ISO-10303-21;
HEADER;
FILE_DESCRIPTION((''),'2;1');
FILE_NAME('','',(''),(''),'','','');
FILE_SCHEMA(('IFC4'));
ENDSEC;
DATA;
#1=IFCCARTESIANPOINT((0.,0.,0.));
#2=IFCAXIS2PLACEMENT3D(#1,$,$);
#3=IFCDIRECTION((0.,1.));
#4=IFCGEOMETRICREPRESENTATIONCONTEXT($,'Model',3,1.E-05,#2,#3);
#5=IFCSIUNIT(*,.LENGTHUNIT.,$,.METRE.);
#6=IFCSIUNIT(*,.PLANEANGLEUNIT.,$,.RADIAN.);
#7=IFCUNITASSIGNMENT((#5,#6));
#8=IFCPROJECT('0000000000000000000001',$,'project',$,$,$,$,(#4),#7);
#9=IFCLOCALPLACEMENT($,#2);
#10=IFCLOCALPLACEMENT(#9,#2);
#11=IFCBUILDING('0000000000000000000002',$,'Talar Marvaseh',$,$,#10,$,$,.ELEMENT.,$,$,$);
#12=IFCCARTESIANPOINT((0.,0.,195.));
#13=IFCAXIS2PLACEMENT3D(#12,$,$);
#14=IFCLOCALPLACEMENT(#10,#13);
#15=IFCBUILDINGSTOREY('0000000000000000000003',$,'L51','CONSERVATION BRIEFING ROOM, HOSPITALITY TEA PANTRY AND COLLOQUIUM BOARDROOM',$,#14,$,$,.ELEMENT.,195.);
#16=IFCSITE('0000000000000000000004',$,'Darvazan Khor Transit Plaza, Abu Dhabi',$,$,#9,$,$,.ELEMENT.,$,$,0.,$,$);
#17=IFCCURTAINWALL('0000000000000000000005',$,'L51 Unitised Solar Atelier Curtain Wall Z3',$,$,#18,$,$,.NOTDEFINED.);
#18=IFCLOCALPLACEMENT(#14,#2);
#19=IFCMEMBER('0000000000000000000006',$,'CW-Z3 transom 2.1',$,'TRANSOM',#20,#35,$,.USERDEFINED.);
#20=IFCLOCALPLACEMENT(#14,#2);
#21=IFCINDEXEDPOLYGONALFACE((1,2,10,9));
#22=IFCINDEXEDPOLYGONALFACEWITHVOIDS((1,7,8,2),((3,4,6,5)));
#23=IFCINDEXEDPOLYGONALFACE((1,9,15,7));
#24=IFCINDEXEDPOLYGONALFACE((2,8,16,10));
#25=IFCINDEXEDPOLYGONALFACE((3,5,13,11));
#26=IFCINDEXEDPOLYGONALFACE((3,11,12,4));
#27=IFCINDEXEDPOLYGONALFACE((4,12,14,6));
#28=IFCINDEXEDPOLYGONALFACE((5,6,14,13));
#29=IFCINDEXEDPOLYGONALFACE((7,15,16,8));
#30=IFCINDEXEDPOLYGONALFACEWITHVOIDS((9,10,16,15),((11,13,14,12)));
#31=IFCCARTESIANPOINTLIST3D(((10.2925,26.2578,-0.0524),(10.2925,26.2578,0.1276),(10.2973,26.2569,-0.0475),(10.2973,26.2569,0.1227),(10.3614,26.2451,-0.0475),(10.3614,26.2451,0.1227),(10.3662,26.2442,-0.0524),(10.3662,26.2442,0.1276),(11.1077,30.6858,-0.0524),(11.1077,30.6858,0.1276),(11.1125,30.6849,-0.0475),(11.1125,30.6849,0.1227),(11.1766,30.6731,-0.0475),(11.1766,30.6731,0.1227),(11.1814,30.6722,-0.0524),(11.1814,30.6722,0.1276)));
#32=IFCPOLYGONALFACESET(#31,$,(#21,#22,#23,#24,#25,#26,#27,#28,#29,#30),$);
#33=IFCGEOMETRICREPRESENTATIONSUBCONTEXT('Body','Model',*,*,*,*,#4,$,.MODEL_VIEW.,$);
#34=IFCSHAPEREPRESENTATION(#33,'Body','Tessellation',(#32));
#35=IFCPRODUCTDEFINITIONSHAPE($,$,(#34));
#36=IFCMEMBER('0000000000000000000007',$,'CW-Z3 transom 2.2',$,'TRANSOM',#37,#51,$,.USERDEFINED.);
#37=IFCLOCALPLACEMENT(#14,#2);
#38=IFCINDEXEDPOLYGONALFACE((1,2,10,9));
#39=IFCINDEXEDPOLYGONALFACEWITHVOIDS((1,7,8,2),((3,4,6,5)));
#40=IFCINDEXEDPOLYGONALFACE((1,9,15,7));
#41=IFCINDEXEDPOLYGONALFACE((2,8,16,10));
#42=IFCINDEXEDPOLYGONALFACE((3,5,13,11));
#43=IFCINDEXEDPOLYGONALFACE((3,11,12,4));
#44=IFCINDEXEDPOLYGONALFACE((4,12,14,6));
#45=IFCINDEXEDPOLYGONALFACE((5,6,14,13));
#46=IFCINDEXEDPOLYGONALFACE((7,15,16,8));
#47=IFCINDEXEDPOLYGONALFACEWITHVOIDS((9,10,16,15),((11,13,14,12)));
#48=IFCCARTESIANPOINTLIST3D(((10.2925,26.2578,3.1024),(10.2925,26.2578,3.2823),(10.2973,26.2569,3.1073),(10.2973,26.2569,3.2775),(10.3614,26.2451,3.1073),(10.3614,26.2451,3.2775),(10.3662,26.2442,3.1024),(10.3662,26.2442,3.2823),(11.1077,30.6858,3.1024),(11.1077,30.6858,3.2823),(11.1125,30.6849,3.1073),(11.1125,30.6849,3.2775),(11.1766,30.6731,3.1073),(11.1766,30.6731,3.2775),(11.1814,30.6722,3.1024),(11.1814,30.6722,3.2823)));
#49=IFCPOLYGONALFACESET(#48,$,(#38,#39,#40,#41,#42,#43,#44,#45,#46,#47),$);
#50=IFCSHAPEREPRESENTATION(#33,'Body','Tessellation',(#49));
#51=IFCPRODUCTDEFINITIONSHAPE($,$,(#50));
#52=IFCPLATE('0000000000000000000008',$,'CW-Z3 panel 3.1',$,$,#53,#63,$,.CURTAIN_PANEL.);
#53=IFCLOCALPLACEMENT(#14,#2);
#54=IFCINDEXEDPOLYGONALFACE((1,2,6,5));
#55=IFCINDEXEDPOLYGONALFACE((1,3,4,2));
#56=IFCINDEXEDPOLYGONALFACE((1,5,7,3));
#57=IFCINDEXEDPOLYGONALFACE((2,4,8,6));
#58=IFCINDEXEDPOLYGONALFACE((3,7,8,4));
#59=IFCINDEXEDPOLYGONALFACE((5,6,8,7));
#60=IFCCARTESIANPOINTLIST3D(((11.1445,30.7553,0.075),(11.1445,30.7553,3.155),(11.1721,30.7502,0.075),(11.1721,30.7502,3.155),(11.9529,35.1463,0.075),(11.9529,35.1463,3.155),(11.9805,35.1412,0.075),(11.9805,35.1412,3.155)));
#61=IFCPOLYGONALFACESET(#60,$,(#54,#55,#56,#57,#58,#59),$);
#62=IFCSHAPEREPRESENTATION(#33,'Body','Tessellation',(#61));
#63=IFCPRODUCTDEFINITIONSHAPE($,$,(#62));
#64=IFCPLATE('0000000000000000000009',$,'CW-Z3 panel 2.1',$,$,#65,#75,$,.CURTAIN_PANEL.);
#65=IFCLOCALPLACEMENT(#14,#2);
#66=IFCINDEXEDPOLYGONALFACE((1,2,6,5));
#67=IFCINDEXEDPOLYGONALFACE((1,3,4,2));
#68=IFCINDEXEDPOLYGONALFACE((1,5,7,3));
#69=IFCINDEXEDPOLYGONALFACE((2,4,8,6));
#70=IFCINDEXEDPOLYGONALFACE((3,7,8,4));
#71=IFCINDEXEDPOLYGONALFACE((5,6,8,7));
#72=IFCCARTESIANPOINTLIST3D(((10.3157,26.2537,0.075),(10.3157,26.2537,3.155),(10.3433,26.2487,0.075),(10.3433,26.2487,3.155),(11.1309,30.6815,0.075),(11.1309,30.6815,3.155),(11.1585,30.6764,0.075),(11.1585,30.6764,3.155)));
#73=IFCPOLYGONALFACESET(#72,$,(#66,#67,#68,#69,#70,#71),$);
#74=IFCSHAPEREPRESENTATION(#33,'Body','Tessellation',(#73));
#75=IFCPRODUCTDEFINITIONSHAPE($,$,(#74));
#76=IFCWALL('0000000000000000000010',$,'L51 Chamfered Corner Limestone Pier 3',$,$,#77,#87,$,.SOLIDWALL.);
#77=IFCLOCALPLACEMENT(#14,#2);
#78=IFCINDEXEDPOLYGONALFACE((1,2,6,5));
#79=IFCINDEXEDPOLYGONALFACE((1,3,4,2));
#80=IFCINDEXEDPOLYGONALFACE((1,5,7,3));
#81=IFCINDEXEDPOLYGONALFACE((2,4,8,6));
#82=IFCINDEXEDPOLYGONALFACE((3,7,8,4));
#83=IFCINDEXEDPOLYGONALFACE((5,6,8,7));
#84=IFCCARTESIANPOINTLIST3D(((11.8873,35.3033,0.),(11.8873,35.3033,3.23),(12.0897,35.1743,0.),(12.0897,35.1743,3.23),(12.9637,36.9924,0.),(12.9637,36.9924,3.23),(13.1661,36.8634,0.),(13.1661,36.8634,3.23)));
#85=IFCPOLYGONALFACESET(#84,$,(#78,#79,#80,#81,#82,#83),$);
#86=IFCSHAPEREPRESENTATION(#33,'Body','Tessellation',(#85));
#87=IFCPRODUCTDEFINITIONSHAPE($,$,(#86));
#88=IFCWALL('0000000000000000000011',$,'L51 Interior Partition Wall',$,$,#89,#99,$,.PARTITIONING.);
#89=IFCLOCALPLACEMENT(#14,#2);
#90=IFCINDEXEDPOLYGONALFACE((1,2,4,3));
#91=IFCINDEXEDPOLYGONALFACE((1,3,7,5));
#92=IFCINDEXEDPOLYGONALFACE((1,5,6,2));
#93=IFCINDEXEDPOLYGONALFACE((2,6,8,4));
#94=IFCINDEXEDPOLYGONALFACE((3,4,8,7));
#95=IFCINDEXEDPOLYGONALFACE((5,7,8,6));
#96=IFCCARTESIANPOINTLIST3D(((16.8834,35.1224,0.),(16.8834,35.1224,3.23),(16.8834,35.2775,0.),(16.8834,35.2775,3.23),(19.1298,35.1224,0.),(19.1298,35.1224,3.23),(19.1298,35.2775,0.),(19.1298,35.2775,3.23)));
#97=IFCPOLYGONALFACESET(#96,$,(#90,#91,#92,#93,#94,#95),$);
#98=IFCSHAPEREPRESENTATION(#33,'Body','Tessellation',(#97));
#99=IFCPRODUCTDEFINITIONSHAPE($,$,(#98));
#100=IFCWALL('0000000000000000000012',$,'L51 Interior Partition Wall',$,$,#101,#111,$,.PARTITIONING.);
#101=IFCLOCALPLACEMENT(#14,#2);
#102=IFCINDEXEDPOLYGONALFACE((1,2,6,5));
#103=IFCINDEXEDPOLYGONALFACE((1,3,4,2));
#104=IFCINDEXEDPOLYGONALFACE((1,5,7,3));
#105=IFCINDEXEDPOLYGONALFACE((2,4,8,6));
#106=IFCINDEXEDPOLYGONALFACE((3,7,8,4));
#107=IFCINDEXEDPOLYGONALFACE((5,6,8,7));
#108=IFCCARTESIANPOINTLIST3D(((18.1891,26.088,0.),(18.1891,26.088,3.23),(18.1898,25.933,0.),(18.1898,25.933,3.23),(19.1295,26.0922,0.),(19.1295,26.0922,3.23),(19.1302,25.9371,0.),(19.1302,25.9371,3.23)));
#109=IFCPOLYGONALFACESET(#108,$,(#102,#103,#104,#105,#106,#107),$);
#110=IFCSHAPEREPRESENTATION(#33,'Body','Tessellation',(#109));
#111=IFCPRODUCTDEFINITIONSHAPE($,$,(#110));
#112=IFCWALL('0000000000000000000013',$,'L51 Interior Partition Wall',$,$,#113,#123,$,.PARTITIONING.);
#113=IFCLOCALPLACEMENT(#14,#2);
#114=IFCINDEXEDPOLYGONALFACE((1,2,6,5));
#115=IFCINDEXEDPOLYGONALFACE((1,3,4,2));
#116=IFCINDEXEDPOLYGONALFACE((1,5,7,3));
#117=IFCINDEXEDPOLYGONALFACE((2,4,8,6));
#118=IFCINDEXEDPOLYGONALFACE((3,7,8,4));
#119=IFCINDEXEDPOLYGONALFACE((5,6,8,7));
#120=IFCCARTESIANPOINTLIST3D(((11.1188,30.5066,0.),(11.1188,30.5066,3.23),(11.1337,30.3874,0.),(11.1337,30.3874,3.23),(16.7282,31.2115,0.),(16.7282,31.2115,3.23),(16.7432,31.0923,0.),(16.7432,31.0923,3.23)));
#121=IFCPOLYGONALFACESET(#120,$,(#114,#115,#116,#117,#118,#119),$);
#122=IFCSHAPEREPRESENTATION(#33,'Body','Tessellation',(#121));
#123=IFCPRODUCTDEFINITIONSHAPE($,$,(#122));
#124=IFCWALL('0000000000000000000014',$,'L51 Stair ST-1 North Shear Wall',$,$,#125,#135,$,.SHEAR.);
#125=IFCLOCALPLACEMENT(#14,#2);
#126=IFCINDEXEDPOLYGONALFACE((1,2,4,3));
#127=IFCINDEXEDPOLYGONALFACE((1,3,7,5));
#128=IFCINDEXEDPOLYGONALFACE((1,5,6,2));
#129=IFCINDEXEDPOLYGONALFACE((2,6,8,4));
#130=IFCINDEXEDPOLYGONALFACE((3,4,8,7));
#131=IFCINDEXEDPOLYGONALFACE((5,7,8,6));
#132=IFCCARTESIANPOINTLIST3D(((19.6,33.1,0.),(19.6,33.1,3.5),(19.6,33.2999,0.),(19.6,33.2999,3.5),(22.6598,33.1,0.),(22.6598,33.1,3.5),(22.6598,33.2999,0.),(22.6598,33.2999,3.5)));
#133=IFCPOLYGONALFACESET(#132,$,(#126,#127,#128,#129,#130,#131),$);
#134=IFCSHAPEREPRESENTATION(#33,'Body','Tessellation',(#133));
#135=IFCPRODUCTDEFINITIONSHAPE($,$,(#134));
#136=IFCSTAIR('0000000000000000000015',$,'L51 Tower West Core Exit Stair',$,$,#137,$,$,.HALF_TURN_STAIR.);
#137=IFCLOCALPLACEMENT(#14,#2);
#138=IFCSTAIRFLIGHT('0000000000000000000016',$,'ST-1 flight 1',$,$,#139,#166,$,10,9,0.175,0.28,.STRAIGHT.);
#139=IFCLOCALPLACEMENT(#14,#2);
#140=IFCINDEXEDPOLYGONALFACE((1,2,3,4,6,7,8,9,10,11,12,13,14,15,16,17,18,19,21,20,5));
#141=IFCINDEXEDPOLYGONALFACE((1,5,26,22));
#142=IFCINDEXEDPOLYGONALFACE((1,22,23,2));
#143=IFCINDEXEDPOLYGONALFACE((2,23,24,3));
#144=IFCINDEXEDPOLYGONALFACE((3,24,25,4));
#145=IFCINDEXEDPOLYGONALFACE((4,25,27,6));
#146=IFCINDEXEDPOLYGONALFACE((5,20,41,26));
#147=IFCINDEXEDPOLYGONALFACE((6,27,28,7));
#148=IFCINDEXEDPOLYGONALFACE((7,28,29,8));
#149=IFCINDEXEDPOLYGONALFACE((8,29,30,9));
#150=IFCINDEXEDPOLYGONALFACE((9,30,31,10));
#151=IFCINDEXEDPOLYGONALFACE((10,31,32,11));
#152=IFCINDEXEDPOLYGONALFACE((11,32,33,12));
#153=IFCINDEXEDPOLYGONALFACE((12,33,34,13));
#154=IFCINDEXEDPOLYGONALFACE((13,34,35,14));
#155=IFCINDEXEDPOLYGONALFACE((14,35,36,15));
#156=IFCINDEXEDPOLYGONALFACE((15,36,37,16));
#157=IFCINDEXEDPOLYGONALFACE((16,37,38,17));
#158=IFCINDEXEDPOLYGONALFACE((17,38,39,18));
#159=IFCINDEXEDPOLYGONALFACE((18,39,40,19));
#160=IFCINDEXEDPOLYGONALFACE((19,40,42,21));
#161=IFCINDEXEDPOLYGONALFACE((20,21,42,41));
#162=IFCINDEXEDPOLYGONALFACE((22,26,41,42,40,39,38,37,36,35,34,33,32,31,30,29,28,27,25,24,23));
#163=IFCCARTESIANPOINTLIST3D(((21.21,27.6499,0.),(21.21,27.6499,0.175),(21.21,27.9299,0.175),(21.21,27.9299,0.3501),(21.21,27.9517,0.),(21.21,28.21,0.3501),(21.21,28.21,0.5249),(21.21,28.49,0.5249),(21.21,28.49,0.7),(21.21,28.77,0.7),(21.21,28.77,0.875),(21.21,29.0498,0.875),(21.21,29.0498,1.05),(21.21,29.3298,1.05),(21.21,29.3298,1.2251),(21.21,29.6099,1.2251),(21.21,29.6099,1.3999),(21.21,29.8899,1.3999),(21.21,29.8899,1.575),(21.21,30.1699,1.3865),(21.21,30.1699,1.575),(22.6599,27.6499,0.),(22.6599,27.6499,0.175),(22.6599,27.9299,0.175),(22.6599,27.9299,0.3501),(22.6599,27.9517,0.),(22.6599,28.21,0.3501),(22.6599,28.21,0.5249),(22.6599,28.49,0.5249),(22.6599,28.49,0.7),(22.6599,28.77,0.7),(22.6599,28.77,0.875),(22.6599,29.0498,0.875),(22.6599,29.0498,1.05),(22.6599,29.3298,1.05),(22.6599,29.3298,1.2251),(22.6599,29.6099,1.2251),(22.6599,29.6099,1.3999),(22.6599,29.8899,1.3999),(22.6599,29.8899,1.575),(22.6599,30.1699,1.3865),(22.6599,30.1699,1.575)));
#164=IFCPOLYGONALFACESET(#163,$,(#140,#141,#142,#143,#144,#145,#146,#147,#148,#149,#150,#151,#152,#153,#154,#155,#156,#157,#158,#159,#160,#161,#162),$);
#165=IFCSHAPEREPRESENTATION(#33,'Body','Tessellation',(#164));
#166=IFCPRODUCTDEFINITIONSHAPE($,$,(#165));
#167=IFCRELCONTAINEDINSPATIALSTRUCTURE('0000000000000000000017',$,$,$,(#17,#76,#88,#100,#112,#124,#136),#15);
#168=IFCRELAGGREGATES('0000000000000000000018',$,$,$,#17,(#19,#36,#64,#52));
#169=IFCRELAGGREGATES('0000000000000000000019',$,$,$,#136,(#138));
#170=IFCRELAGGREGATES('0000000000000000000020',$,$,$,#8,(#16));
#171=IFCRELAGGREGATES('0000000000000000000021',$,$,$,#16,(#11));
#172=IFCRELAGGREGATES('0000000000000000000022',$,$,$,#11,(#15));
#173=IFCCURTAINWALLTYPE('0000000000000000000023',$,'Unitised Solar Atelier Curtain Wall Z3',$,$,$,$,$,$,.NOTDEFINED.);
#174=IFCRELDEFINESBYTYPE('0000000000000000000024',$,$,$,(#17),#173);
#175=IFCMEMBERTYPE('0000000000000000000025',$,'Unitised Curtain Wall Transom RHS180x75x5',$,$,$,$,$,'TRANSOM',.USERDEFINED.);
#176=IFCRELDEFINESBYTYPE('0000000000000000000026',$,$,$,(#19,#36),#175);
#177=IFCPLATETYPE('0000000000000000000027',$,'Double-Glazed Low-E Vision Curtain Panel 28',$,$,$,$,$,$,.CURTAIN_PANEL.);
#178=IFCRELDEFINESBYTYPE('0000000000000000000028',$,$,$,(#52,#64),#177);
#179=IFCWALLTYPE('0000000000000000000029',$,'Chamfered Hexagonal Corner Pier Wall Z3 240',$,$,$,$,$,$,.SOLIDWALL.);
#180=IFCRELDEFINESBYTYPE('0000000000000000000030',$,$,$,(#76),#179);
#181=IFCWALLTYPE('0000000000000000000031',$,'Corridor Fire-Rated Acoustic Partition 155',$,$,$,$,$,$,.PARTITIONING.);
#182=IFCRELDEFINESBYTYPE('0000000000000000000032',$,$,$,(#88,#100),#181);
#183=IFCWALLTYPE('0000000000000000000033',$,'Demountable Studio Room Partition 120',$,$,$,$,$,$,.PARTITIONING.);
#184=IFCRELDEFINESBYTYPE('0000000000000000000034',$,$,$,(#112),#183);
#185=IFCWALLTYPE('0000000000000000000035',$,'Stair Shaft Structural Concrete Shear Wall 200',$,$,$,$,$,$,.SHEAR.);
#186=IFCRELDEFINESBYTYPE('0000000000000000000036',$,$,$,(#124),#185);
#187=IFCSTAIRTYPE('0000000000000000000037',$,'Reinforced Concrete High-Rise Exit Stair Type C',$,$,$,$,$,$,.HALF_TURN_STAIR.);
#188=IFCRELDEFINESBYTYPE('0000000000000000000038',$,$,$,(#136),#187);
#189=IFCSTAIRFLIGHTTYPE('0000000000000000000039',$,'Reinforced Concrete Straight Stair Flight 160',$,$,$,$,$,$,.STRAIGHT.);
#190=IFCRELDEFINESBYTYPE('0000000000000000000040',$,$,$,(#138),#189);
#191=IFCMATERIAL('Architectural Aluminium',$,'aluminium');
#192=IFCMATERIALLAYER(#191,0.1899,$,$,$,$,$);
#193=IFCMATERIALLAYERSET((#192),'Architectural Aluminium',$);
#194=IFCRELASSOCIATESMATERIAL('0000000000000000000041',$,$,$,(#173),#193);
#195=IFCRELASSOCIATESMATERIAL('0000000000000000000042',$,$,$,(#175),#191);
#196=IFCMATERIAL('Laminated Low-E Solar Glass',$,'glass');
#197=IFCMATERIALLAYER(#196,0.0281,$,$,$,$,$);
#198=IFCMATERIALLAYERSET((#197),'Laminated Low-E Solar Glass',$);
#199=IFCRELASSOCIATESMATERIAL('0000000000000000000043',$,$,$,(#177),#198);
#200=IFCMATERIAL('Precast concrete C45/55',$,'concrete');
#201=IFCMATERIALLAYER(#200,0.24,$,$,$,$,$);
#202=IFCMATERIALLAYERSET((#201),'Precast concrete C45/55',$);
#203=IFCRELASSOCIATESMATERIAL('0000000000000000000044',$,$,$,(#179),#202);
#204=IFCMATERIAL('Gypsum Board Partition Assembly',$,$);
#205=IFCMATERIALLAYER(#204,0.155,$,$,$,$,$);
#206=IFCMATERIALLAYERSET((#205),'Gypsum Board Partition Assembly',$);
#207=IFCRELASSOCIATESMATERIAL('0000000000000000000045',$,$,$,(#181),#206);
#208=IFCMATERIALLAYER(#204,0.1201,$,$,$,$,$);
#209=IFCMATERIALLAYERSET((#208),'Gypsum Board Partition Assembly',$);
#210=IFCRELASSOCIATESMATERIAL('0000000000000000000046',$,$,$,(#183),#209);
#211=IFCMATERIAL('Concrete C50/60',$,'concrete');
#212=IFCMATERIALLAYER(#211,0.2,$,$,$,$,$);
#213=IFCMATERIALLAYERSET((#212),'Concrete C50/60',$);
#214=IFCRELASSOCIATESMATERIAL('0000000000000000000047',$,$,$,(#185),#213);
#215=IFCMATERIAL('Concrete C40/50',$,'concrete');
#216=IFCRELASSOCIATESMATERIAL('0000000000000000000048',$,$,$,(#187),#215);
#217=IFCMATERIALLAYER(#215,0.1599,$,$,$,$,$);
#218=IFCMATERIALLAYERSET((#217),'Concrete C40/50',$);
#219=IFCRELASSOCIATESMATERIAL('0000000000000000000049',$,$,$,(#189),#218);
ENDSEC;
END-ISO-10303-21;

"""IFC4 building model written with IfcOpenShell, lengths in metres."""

from ifc_helpers import new_model, si_unit, direction, frame, frame_2d, origin, origin_2d, place, context, subcontext, project, spatial, polyline, rectangle, hollow_rectangle, outline, extrude, source, transform, mapped, material, layer, layer_set, material_profile, profile_set, type_object, type_shapes, element, aggregate, save


model = new_model("IFC4")

# Units and contexts
model_context = context("Model", 3, precision=1e-05, world=origin(), true_north=direction((0.0, 1.0)))
body_context = subcontext(model_context, "Body", "Model", "MODEL_VIEW")
ifc_project = project(units=[si_unit("LENGTHUNIT", "METRE"), si_unit("PLANEANGLEUNIT", "RADIAN")], contexts=[model_context])

# Site, building, storey
site_placement = place(None, origin())
site = spatial("IfcSite", under=ifc_project, at=site_placement, Name="Darvazan Khor Transit Plaza, Abu Dhabi", CompositionType="ELEMENT", RefElevation=0.0)
building_placement = place(site_placement, origin())
building = spatial("IfcBuilding", under=site, at=building_placement, Name="Talar Marvaseh", CompositionType="ELEMENT")
storey_placement = place(building_placement, frame((0.0, 0.0, 195.0)))
storey = spatial("IfcBuildingStorey", under=building, at=storey_placement, Name="L51", Description="CONSERVATION BRIEFING ROOM, HOSPITALITY TEA PANTRY AND COLLOQUIUM BOARDROOM", CompositionType="ELEMENT", Elevation=195.0)

# Curtain wall, members, plates
ifc_material_1 = material(Name="Architectural Aluminium", Category="aluminium")
ifc_layer_1 = layer(ifc_material_1, 0.1899)
ifc_layer_set_1 = layer_set([ifc_layer_1], Name="Architectural Aluminium")
curtain_wall_type = type_object("IfcCurtainWallType", Name="Unitised Solar Atelier Curtain Wall Z3", PredefinedType="NOTDEFINED", material=ifc_layer_set_1)
curtain_wall_placement = place(storey_placement, origin())
curtain_wall = element("IfcCurtainWall", 1, at=curtain_wall_placement, inside=storey, type_object=curtain_wall_type, Name="L51 Unitised Solar Atelier Curtain Wall Z3", PredefinedType="NOTDEFINED")
ifc_material_profile_1 = material_profile(ifc_material_1, hollow_rectangle(XDim=0.075, YDim=0.1799, WallThickness=0.0049, at=origin_2d()), Name="RHS180x75x5")
ifc_profile_set_1 = profile_set([ifc_material_profile_1], Name="Architectural Aluminium")
member_type_1 = type_object("IfcMemberType", Name="Unitised Curtain Wall Transom RHS180x75x5", ElementType="TRANSOM", PredefinedType="USERDEFINED", material=ifc_profile_set_1)
shared_shape_1 = source(origin(), body_context, "Body", "SweptSolid", [
    extrude(hollow_rectangle(XDim=0.075, YDim=0.1799, WallThickness=0.0049, at=origin_2d()), origin(), (0.0, 0.0, 1.0), 4.5024),
])
member_1_placement = place(storey_placement, frame((10.3293, 26.251, 0.0376), z_axis=(0.181056, 0.983473, 0.0), x_axis=(-0.983473, 0.181056, 0.0)))
member_1 = element("IfcMember", 2, at=member_1_placement, type_object=member_type_1, Name="CW-Z3 transom 2.1", ObjectType="TRANSOM", PredefinedType="USERDEFINED", context=body_context, shape_type="MappedRepresentation", body=[
    mapped(shared_shape_1, transform((0.0, 0.0, 0.0), x_axis=(1.0, 0.0, 0.0), y_axis=(0.0, 1.0, 0.0), z_axis=(0.0, 0.0, 1.0), scale=1.0)),
])
member_2_placement = place(storey_placement, frame((10.3293, 26.251, 3.1924), z_axis=(0.181056, 0.983473, 0.0), x_axis=(-0.983473, 0.181056, 0.0)))
member_2 = element("IfcMember", 3, at=member_2_placement, type_object=member_type_1, Name="CW-Z3 transom 2.2", ObjectType="TRANSOM", PredefinedType="USERDEFINED", context=body_context, shape_type="MappedRepresentation", body=[
    mapped(shared_shape_1, transform((0.0, 0.0, 0.0), x_axis=(1.0, 0.0, 0.0), y_axis=(0.0, 1.0, 0.0), z_axis=(0.0, 0.0, 1.0), scale=1.0)),
])
ifc_material_2 = material(Name="Laminated Low-E Solar Glass", Category="glass")
ifc_layer_2 = layer(ifc_material_2, 0.0281)
ifc_layer_set_2 = layer_set([ifc_layer_2], Name="Laminated Low-E Solar Glass")
plate_type = type_object("IfcPlateType", Name="Double-Glazed Low-E Vision Curtain Panel 28", PredefinedType="CURTAIN_PANEL", material=ifc_layer_set_2)
shared_shape_2 = source(origin(), body_context, "Body", "SweptSolid", [
    extrude(rectangle(XDim=4.4648, YDim=0.0281, at=origin_2d()), origin(), (0.0, 0.0, 1.0), 3.0801),
])
plate_1_placement = place(storey_placement, frame((11.5625, 32.9482, 0.075), z_axis=(0.0, 0.0, 1.0), x_axis=(0.181069, 0.98347, 0.0)))
plate_1 = element("IfcPlate", 4, at=plate_1_placement, type_object=plate_type, Name="CW-Z3 panel 3.1", PredefinedType="CURTAIN_PANEL", context=body_context, shape_type="MappedRepresentation", body=[
    mapped(shared_shape_2, transform((0.0, 0.0, 0.0), x_axis=(1.0, 0.0, 0.0), y_axis=(0.0, 1.0, 0.0), z_axis=(0.0, 0.0, 1.0), scale=1.0)),
])
shared_shape_3 = source(origin(), body_context, "Body", "SweptSolid", [
    extrude(rectangle(XDim=4.5022, YDim=0.0281, at=origin_2d()), origin(), (0.0, 0.0, 1.0), 3.0801),
])
type_shapes(plate_type, [shared_shape_2, shared_shape_3])
plate_2_placement = place(storey_placement, frame((10.7371, 28.4651, 0.075), z_axis=(0.0, 0.0, 1.0), x_axis=(0.181069, 0.98347, 0.0)))
plate_2 = element("IfcPlate", 5, at=plate_2_placement, type_object=plate_type, Name="CW-Z3 panel 2.1", PredefinedType="CURTAIN_PANEL", context=body_context, shape_type="MappedRepresentation", body=[
    mapped(shared_shape_3, transform((0.0, 0.0, 0.0), x_axis=(1.0, 0.0, 0.0), y_axis=(0.0, 1.0, 0.0), z_axis=(0.0, 0.0, 1.0), scale=1.0)),
])
aggregate(curtain_wall, [member_1, member_2, plate_2, plate_1])

# Walls
ifc_material_3 = material(Name="Precast concrete C45/55", Category="concrete")
ifc_layer_3 = layer(ifc_material_3, 0.24)
ifc_layer_set_3 = layer_set([ifc_layer_3], Name="Precast concrete C45/55")
wall_type_1 = type_object("IfcWallType", Name="Chamfered Hexagonal Corner Pier Wall Z3 240", PredefinedType="SOLIDWALL", material=ifc_layer_set_3)
wall_1_placement = place(storey_placement, frame((11.9885, 35.2388, 0.0), z_axis=(0.0, 0.0, 1.0), x_axis=(0.537396, 0.84333, 0.0)))
element("IfcWall", 6, at=wall_1_placement, inside=storey, type_object=wall_type_1, Name="L51 Chamfered Corner Limestone Pier 3", PredefinedType="SOLIDWALL", context=body_context, shape_type="SweptSolid", body=[
    extrude(rectangle(XDim=2.0029, YDim=0.24, at=frame_2d((1.0015, 0.0))), origin(), (0.0, 0.0, 1.0), 3.23),
])
ifc_material_4 = material(Name="Gypsum Board Partition Assembly")
ifc_layer_4 = layer(ifc_material_4, 0.155)
ifc_layer_set_4 = layer_set([ifc_layer_4], Name="Gypsum Board Partition Assembly")
wall_type_2 = type_object("IfcWallType", Name="Corridor Fire-Rated Acoustic Partition 155", PredefinedType="PARTITIONING", material=ifc_layer_set_4)
wall_2_placement = place(storey_placement, frame((16.8835, 35.2, 0.0), z_axis=(0.0, 0.0, 1.0), x_axis=(1.0, 0.0, 0.0)))
element("IfcWall", 7, at=wall_2_placement, inside=storey, type_object=wall_type_2, Name="L51 Interior Partition Wall", PredefinedType="PARTITIONING", context=body_context, shape_type="SweptSolid", body=[
    extrude(rectangle(XDim=2.2463, YDim=0.155, at=frame_2d((1.123, 0.0))), origin(), (0.0, 0.0, 1.0), 3.23),
])
wall_3_placement = place(storey_placement, frame((19.1299, 26.0146, 0.0), z_axis=(0.0, 0.0, 1.0), x_axis=(-0.99999, -0.004413, 0.0)))
element("IfcWall", 8, at=wall_3_placement, inside=storey, type_object=wall_type_2, Name="L51 Interior Partition Wall", PredefinedType="PARTITIONING", context=body_context, shape_type="SweptSolid", body=[
    extrude(rectangle(XDim=0.9404, YDim=0.155, at=frame_2d((0.4702, 0.0))), origin(), (0.0, 0.0, 1.0), 3.23),
])
ifc_layer_5 = layer(ifc_material_4, 0.1201)
ifc_layer_set_5 = layer_set([ifc_layer_5], Name="Gypsum Board Partition Assembly")
wall_type_3 = type_object("IfcWallType", Name="Demountable Studio Room Partition 120", PredefinedType="PARTITIONING", material=ifc_layer_set_5)
wall_4_placement = place(storey_placement, frame((16.7356, 31.1519, 0.0), z_axis=(0.0, 0.0, 1.0), x_axis=(-0.992198, -0.124673, 0.0)))
element("IfcWall", 9, at=wall_4_placement, inside=storey, type_object=wall_type_3, Name="L51 Interior Partition Wall", PredefinedType="PARTITIONING", context=body_context, shape_type="SweptSolid", body=[
    extrude(rectangle(XDim=5.6536, YDim=0.1201, at=frame_2d((2.8267, 0.0))), origin(), (0.0, 0.0, 1.0), 3.23),
])
ifc_material_5 = material(Name="Concrete C50/60", Category="concrete")
ifc_layer_6 = layer(ifc_material_5, 0.2)
ifc_layer_set_6 = layer_set([ifc_layer_6], Name="Concrete C50/60")
wall_type_4 = type_object("IfcWallType", Name="Stair Shaft Structural Concrete Shear Wall 200", PredefinedType="SHEAR", material=ifc_layer_set_6)
wall_5_placement = place(storey_placement, frame((19.6001, 33.2, 0.0), z_axis=(0.0, 0.0, 1.0), x_axis=(1.0, 0.0, 0.0)))
element("IfcWall", 10, at=wall_5_placement, inside=storey, type_object=wall_type_4, Name="L51 Stair ST-1 North Shear Wall", PredefinedType="SHEAR", context=body_context, shape_type="SweptSolid", body=[
    extrude(rectangle(XDim=3.0598, YDim=0.2, at=frame_2d((1.5298, 0.0))), origin(), (0.0, 0.0, 1.0), 3.5),
])

# Stair, stair flight
ifc_material_6 = material(Name="Concrete C40/50", Category="concrete")
stair_type = type_object("IfcStairType", Name="Reinforced Concrete High-Rise Exit Stair Type C", PredefinedType="HALF_TURN_STAIR", material=ifc_material_6)
stair_placement = place(storey_placement, origin())
stair = element("IfcStair", 11, at=stair_placement, inside=storey, type_object=stair_type, Name="L51 Tower West Core Exit Stair", PredefinedType="HALF_TURN_STAIR")
ifc_layer_7 = layer(ifc_material_6, 0.1599)
ifc_layer_set_7 = layer_set([ifc_layer_7], Name="Concrete C40/50")
stair_flight_type = type_object("IfcStairFlightType", Name="Reinforced Concrete Straight Stair Flight 160", PredefinedType="STRAIGHT", material=ifc_layer_set_7)
stair_flight_1_placement = place(storey_placement, frame((21.9351, 27.6499, 0.0), z_axis=(0.0, 0.0, 1.0), x_axis=(0.0, 1.0, 0.0)))
stair_flight_1 = element("IfcStairFlight", 12, at=stair_flight_1_placement, type_object=stair_flight_type, Name="ST-1 flight 1", NumberOfRisers=10, NumberOfTreads=9, PredefinedType="STRAIGHT", RiserHeight=0.175, TreadLength=0.28, context=body_context, shape_type="SweptSolid", body=[
    extrude(outline(polyline([(0.0, 0.0), (0.0, 0.175), (0.28, 0.175), (0.28, 0.3501), (0.5601, 0.3501), (0.5601, 0.5249), (0.8401, 0.5249), (0.8401, 0.7), (1.1201, 0.7), (1.1201, 0.875), (1.3999, 0.875), (1.3999, 1.05), (1.6799, 1.05), (1.6799, 1.2251), (1.96, 1.2251), (1.96, 1.3999), (2.24, 1.3999), (2.24, 1.575), (2.52, 1.575), (2.52, 1.75), (2.52, 1.3865), (0.3018, 0.0), (0.0, 0.0)])), frame((0.0, 0.7251, 0.0), z_axis=(0.0, -1.0, 0.0), x_axis=(1.0, 0.0, 0.0)), (0.0, 0.0, 1.0), 1.45),
])
aggregate(stair, [stair_flight_1])

save(model, "model.ifc")
